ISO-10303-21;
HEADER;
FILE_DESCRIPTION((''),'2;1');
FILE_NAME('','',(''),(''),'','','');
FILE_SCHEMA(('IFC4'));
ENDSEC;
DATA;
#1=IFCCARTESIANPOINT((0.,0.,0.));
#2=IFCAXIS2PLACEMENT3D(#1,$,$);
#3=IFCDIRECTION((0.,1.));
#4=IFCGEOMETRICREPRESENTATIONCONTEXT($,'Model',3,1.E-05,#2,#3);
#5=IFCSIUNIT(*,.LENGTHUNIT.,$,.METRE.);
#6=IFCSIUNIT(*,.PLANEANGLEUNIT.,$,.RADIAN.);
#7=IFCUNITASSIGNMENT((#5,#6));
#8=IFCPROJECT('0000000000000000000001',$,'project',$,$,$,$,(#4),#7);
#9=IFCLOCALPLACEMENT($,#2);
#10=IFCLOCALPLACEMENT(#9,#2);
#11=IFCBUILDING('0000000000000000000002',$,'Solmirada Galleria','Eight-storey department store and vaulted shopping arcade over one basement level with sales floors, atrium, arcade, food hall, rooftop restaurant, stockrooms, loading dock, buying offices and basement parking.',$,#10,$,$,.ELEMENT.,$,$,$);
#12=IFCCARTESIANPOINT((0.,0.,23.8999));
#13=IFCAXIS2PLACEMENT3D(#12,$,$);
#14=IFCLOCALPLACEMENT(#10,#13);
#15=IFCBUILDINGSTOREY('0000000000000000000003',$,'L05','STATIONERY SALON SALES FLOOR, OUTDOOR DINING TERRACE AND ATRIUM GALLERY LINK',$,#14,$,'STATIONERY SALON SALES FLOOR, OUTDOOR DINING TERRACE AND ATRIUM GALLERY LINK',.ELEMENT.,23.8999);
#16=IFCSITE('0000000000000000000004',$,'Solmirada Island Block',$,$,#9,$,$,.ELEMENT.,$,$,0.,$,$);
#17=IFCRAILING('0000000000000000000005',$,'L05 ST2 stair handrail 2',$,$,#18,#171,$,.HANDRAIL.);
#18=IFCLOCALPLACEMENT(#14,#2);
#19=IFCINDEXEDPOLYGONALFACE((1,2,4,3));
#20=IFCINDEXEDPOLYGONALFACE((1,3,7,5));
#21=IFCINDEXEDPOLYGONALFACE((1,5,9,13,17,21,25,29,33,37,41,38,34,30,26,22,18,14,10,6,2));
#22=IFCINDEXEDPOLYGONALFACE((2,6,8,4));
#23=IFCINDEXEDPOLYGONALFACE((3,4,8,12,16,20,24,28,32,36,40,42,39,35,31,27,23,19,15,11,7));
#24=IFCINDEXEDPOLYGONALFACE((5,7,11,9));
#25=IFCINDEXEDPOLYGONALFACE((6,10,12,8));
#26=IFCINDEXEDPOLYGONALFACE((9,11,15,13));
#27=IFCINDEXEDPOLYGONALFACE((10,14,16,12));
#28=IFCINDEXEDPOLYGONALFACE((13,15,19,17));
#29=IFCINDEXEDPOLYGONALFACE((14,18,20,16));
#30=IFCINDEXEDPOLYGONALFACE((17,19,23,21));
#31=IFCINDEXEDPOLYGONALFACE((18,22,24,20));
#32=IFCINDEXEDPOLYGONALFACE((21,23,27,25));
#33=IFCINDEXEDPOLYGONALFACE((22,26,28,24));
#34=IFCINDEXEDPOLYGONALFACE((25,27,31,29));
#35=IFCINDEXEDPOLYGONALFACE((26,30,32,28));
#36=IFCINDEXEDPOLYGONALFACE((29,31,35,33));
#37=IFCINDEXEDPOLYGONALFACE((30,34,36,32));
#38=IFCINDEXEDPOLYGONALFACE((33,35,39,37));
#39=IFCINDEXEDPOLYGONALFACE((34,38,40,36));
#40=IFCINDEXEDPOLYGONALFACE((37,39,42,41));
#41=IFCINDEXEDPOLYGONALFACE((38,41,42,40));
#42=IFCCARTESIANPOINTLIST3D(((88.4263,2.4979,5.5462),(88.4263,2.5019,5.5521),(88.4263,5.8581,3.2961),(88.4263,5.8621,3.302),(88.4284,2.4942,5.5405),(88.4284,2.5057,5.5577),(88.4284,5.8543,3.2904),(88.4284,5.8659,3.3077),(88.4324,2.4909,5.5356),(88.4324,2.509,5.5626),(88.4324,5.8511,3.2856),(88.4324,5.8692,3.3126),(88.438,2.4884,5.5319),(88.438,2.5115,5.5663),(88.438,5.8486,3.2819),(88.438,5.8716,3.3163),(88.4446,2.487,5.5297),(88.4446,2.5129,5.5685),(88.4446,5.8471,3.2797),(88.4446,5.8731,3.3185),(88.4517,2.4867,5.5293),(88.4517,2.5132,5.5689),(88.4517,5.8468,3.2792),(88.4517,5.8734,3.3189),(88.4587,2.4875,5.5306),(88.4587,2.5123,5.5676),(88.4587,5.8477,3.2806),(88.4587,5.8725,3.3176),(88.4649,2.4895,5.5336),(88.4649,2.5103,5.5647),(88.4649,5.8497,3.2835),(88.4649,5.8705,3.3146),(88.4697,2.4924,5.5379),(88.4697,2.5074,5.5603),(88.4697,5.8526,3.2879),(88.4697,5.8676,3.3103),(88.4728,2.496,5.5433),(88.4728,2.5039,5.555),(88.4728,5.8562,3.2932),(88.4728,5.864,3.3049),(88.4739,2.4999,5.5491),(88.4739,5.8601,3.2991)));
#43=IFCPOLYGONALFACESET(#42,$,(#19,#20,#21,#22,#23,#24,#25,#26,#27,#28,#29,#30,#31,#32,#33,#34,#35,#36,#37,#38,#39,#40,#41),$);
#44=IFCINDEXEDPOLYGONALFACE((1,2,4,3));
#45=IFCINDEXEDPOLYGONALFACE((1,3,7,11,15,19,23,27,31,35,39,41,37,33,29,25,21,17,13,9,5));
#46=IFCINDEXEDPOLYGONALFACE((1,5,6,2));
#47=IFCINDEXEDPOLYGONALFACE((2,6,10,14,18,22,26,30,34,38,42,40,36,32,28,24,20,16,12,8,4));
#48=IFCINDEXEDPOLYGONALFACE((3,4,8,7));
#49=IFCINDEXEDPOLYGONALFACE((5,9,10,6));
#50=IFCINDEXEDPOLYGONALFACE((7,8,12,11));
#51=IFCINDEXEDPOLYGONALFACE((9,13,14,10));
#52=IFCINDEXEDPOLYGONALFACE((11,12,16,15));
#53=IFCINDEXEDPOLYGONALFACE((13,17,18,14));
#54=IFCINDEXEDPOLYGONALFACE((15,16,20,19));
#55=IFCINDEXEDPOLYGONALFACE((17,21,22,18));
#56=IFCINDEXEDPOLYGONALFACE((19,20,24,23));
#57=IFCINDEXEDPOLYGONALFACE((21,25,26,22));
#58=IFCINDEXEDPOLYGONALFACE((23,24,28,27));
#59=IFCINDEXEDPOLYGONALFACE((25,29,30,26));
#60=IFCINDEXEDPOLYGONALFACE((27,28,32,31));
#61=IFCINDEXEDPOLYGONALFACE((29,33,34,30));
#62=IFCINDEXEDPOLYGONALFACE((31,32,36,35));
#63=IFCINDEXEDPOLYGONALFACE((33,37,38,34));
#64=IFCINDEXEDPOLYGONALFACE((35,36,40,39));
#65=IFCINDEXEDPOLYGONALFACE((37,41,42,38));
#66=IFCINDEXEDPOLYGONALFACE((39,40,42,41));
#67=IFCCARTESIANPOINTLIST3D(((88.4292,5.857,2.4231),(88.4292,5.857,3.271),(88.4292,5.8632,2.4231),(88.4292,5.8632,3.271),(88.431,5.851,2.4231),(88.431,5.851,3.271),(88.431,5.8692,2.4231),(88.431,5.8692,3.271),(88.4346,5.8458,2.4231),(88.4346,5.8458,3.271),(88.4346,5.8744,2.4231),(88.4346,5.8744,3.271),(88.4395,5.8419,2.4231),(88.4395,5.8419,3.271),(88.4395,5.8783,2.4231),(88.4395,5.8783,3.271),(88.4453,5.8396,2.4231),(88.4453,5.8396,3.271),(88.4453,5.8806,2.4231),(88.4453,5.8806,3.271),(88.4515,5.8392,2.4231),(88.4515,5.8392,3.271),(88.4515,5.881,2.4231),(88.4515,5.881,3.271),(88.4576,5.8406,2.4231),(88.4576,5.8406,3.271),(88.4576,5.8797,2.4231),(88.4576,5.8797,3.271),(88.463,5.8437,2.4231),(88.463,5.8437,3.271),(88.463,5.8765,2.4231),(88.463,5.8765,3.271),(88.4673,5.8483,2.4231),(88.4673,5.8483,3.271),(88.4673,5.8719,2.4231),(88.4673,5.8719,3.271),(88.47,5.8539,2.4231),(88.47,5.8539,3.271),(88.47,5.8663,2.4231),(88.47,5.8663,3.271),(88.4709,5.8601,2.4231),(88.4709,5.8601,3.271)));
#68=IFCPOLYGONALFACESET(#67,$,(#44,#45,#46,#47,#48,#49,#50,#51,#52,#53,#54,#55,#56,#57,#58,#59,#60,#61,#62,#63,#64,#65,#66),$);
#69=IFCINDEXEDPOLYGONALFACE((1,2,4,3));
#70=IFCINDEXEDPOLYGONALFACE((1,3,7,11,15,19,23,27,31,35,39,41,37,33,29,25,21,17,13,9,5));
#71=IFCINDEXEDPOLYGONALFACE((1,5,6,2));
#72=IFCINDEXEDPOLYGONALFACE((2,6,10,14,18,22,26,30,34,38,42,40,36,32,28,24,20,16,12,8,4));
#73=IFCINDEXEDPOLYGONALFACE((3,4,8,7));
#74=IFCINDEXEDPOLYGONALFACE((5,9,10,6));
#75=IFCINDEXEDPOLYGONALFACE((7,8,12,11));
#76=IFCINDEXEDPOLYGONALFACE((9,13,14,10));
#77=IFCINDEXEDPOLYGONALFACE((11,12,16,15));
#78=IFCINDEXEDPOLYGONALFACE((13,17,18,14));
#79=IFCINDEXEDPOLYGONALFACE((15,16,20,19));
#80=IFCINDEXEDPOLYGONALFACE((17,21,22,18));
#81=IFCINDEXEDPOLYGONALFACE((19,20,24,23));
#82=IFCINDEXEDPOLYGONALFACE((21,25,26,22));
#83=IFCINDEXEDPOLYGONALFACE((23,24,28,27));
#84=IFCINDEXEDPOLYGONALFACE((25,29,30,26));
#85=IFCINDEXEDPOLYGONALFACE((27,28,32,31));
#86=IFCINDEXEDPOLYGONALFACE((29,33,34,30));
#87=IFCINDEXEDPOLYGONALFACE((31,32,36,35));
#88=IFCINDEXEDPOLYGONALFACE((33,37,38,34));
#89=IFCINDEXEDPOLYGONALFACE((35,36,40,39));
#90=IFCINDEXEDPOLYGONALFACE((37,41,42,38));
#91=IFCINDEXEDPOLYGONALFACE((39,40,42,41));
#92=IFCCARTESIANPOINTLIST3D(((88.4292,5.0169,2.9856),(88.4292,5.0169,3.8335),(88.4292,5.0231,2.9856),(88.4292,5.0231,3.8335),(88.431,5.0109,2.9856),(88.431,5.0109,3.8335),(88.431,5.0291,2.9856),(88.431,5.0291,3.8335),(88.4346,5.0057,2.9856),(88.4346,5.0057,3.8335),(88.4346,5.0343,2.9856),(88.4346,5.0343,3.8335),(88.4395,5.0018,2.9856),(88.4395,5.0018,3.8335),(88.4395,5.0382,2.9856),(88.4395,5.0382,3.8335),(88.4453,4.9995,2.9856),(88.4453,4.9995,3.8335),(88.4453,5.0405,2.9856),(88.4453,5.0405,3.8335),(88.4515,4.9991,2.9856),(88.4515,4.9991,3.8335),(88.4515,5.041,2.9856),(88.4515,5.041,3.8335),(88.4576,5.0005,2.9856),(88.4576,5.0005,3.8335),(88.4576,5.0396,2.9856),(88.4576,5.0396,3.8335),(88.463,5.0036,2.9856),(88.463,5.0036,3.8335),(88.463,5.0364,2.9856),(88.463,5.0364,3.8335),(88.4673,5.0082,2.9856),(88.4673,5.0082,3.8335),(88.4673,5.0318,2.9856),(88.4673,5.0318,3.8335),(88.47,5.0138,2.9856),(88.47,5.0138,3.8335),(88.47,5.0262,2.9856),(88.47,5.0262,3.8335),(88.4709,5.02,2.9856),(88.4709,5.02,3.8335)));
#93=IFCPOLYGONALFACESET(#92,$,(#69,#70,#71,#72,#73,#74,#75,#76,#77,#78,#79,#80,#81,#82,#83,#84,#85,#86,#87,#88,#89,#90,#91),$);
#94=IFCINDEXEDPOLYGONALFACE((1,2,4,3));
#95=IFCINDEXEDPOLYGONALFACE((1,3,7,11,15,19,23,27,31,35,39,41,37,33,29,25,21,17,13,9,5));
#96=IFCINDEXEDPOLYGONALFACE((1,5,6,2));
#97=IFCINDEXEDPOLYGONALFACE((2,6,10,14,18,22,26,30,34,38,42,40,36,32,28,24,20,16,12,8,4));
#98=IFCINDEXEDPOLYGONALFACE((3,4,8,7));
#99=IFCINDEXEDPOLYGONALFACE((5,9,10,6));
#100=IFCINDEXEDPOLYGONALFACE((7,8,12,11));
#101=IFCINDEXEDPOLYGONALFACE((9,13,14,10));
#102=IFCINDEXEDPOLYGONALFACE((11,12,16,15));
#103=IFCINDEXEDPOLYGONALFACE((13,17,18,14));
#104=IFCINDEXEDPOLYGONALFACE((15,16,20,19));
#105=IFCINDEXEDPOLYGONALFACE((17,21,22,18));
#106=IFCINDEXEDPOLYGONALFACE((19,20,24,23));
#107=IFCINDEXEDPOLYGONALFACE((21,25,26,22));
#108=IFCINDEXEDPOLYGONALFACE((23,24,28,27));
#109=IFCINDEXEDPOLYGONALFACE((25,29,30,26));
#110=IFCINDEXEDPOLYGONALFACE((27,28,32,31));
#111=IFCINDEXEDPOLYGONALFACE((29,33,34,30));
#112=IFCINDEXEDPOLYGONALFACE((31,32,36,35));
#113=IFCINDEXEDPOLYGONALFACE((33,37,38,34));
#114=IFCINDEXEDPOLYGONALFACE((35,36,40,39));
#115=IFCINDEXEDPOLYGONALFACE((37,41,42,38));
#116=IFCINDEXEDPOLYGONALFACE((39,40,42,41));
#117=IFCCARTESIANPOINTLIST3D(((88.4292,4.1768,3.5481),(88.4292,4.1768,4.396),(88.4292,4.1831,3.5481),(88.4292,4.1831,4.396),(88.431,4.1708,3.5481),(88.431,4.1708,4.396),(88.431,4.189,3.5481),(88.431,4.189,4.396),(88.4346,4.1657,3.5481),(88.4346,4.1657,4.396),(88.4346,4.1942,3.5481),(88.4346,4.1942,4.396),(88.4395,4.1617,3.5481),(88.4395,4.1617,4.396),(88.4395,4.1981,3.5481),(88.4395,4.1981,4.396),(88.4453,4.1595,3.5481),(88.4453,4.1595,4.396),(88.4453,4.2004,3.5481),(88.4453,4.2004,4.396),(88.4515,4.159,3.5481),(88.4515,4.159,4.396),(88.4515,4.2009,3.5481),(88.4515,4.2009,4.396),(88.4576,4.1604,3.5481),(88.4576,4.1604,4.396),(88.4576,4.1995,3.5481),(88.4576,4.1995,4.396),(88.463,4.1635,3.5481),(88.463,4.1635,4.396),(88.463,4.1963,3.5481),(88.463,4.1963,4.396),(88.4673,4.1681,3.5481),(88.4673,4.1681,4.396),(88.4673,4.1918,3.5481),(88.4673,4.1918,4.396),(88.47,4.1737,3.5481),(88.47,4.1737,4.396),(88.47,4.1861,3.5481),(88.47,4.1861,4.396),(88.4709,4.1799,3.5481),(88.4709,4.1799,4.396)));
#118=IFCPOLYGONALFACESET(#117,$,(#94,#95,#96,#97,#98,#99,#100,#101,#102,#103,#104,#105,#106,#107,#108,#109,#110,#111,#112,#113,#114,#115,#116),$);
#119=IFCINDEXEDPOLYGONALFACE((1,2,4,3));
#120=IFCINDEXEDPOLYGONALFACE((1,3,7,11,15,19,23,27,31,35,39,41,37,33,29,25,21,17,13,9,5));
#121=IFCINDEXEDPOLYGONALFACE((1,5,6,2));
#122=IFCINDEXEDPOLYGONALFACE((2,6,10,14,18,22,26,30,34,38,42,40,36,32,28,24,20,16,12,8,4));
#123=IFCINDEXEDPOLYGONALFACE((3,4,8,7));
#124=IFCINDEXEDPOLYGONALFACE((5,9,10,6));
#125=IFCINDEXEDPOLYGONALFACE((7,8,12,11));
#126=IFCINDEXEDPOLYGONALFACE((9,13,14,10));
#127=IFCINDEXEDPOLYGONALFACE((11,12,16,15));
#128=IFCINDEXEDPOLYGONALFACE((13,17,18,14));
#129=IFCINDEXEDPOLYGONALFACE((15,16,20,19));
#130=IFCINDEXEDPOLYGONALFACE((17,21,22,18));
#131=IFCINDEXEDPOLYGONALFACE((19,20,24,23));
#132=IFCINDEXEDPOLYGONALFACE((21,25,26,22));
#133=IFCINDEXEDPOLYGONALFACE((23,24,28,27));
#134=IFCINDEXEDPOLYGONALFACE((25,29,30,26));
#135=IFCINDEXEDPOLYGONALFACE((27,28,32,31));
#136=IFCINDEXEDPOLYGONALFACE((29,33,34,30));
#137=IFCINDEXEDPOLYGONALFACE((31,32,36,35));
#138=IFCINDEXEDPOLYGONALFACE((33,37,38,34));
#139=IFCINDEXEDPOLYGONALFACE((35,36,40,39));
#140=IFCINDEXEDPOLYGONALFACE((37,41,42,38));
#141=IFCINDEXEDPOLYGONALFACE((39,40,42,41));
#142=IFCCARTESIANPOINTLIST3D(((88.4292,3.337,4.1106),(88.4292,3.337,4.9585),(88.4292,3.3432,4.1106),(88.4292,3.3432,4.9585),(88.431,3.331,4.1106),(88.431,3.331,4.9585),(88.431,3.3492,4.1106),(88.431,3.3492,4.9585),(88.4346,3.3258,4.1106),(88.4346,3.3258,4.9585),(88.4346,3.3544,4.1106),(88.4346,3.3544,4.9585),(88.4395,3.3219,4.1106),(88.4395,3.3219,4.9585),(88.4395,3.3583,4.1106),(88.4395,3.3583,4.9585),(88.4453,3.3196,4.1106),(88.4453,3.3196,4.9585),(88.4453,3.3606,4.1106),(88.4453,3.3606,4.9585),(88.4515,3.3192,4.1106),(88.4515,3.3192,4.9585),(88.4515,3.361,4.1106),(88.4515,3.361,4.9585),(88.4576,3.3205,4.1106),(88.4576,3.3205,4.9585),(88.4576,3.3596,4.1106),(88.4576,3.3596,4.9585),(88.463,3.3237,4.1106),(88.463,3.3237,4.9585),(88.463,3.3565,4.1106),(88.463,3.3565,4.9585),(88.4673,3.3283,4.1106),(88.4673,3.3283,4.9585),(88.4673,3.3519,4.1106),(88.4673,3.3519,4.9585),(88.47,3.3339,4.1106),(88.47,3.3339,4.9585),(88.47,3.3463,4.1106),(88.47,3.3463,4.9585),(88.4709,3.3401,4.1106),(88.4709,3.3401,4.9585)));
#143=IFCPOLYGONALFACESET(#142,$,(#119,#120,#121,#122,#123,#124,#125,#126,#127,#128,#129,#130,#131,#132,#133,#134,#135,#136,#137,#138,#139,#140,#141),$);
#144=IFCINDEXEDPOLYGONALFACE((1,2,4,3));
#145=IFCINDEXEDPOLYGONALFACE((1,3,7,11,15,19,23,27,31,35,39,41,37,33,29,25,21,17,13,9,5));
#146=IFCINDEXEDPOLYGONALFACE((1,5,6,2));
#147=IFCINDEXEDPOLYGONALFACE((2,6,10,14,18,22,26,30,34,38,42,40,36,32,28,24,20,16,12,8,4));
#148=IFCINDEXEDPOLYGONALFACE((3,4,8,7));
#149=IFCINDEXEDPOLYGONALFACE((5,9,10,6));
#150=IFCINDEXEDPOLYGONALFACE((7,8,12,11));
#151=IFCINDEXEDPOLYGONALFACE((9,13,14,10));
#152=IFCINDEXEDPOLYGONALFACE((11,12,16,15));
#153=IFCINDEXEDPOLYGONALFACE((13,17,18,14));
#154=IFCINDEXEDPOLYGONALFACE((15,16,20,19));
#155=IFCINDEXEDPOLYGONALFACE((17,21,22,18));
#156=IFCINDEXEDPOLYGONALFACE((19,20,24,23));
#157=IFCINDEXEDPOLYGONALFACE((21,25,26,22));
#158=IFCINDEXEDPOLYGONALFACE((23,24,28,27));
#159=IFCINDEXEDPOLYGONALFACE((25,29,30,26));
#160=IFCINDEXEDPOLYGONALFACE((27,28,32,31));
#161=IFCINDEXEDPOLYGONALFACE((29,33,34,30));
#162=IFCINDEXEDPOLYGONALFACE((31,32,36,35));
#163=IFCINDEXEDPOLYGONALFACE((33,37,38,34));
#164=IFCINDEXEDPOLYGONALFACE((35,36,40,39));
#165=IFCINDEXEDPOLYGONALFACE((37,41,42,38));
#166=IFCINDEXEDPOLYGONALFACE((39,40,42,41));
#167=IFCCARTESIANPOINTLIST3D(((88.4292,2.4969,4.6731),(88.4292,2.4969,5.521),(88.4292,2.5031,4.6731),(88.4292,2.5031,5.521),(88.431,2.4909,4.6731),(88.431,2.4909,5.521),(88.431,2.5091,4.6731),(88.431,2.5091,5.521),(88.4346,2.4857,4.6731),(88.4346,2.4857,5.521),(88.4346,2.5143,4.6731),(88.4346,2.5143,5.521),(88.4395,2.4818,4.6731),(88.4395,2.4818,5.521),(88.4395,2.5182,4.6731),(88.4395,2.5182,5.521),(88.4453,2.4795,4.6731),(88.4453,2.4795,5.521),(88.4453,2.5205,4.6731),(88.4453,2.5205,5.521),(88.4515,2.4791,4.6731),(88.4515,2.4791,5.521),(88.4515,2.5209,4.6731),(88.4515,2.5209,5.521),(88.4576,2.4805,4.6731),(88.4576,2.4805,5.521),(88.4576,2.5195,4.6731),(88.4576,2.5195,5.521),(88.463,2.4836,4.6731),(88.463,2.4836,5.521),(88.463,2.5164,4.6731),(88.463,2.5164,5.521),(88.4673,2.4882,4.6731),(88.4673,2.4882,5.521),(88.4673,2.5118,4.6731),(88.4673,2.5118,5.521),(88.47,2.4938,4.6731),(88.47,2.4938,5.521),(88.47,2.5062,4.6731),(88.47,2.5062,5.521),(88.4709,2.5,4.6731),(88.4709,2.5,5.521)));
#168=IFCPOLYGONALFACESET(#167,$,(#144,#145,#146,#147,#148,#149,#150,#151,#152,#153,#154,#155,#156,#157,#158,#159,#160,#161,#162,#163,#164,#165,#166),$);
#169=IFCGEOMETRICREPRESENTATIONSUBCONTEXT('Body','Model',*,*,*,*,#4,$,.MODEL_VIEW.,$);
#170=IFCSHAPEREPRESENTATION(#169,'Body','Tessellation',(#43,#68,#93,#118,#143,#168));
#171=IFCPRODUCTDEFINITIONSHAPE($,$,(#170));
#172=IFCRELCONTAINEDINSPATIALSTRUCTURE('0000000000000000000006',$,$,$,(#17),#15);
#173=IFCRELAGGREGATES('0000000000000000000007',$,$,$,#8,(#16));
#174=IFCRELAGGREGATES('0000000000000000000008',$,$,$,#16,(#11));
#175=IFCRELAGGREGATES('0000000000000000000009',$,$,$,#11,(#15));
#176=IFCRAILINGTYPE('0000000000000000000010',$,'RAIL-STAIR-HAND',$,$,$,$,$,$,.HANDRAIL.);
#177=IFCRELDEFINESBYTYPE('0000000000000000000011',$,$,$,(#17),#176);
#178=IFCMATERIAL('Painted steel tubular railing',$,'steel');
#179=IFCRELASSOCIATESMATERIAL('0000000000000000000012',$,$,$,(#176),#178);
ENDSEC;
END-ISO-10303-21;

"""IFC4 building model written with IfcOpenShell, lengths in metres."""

from ifc_helpers import new_model, si_unit, direction, frame, origin, origin_2d, place, context, subcontext, project, spatial, circle, extrude, material, type_object, element, save


model = new_model("IFC4")

# Units and contexts
model_context = context("Model", 3, precision=1e-05, world=origin(), true_north=direction((0.0, 1.0)))
body_context = subcontext(model_context, "Body", "Model", "MODEL_VIEW")
ifc_project = project(units=[si_unit("LENGTHUNIT", "METRE"), si_unit("PLANEANGLEUNIT", "RADIAN")], contexts=[model_context])

# Site, building, storey
site_placement = place(None, origin())
site = spatial("IfcSite", under=ifc_project, at=site_placement, Name="Solmirada Island Block", CompositionType="ELEMENT", RefElevation=0.0)
building_placement = place(site_placement, origin())
building = spatial("IfcBuilding", under=site, at=building_placement, Name="Solmirada Galleria", Description="Eight-storey department store and vaulted shopping arcade over one basement level with sales floors, atrium, arcade, food hall, rooftop restaurant, stockrooms, loading dock, buying offices and basement parking.", CompositionType="ELEMENT")
storey_placement = place(building_placement, frame((0.0, 0.0, 23.8999)))
storey = spatial("IfcBuildingStorey", under=building, at=storey_placement, Name="L05", Description="STATIONERY SALON SALES FLOOR, OUTDOOR DINING TERRACE AND ATRIUM GALLERY LINK", LongName="STATIONERY SALON SALES FLOOR, OUTDOOR DINING TERRACE AND ATRIUM GALLERY LINK", CompositionType="ELEMENT", Elevation=23.8999)

# Railing
ifc_material_1 = material(Name="Painted steel tubular railing", Category="steel")
railing_type_1 = type_object("IfcRailingType", Name="RAIL-STAIR-HAND", PredefinedType="HANDRAIL", material=ifc_material_1)
railing_1_placement = place(storey_placement, frame((88.45, 5.8601, 2.4231)))
element("IfcRailing", 1, at=railing_1_placement, inside=storey, type_object=railing_type_1, Name="L05 ST2 stair handrail 2", PredefinedType="HANDRAIL", context=body_context, shape_type="SweptSolid", body=[
    extrude(circle(Radius=0.0239, at=origin_2d()), frame((0.0, 0.0, 0.876), z_axis=(0.0, -0.830915, 0.556399), x_axis=(1.0, 0.0, 0.0)), (0.0, 0.0, 1.0), 4.0439),
    extrude(circle(Radius=0.021, at=origin_2d()), origin(), (0.0, 0.0, 1.0), 0.8479),
    extrude(circle(Radius=0.021, at=origin_2d()), frame((0.0, -0.8401, 0.5625)), (0.0, 0.0, 1.0), 0.8479),
    extrude(circle(Radius=0.021, at=origin_2d()), frame((0.0, -1.6802, 1.125)), (0.0, 0.0, 1.0), 0.8479),
    extrude(circle(Radius=0.021, at=origin_2d()), frame((0.0, -2.52, 1.6875)), (0.0, 0.0, 1.0), 0.8479),
    extrude(circle(Radius=0.021, at=origin_2d()), frame((0.0, -3.3601, 2.25)), (0.0, 0.0, 1.0), 0.8479),
])

save(model, "model.ifc")
